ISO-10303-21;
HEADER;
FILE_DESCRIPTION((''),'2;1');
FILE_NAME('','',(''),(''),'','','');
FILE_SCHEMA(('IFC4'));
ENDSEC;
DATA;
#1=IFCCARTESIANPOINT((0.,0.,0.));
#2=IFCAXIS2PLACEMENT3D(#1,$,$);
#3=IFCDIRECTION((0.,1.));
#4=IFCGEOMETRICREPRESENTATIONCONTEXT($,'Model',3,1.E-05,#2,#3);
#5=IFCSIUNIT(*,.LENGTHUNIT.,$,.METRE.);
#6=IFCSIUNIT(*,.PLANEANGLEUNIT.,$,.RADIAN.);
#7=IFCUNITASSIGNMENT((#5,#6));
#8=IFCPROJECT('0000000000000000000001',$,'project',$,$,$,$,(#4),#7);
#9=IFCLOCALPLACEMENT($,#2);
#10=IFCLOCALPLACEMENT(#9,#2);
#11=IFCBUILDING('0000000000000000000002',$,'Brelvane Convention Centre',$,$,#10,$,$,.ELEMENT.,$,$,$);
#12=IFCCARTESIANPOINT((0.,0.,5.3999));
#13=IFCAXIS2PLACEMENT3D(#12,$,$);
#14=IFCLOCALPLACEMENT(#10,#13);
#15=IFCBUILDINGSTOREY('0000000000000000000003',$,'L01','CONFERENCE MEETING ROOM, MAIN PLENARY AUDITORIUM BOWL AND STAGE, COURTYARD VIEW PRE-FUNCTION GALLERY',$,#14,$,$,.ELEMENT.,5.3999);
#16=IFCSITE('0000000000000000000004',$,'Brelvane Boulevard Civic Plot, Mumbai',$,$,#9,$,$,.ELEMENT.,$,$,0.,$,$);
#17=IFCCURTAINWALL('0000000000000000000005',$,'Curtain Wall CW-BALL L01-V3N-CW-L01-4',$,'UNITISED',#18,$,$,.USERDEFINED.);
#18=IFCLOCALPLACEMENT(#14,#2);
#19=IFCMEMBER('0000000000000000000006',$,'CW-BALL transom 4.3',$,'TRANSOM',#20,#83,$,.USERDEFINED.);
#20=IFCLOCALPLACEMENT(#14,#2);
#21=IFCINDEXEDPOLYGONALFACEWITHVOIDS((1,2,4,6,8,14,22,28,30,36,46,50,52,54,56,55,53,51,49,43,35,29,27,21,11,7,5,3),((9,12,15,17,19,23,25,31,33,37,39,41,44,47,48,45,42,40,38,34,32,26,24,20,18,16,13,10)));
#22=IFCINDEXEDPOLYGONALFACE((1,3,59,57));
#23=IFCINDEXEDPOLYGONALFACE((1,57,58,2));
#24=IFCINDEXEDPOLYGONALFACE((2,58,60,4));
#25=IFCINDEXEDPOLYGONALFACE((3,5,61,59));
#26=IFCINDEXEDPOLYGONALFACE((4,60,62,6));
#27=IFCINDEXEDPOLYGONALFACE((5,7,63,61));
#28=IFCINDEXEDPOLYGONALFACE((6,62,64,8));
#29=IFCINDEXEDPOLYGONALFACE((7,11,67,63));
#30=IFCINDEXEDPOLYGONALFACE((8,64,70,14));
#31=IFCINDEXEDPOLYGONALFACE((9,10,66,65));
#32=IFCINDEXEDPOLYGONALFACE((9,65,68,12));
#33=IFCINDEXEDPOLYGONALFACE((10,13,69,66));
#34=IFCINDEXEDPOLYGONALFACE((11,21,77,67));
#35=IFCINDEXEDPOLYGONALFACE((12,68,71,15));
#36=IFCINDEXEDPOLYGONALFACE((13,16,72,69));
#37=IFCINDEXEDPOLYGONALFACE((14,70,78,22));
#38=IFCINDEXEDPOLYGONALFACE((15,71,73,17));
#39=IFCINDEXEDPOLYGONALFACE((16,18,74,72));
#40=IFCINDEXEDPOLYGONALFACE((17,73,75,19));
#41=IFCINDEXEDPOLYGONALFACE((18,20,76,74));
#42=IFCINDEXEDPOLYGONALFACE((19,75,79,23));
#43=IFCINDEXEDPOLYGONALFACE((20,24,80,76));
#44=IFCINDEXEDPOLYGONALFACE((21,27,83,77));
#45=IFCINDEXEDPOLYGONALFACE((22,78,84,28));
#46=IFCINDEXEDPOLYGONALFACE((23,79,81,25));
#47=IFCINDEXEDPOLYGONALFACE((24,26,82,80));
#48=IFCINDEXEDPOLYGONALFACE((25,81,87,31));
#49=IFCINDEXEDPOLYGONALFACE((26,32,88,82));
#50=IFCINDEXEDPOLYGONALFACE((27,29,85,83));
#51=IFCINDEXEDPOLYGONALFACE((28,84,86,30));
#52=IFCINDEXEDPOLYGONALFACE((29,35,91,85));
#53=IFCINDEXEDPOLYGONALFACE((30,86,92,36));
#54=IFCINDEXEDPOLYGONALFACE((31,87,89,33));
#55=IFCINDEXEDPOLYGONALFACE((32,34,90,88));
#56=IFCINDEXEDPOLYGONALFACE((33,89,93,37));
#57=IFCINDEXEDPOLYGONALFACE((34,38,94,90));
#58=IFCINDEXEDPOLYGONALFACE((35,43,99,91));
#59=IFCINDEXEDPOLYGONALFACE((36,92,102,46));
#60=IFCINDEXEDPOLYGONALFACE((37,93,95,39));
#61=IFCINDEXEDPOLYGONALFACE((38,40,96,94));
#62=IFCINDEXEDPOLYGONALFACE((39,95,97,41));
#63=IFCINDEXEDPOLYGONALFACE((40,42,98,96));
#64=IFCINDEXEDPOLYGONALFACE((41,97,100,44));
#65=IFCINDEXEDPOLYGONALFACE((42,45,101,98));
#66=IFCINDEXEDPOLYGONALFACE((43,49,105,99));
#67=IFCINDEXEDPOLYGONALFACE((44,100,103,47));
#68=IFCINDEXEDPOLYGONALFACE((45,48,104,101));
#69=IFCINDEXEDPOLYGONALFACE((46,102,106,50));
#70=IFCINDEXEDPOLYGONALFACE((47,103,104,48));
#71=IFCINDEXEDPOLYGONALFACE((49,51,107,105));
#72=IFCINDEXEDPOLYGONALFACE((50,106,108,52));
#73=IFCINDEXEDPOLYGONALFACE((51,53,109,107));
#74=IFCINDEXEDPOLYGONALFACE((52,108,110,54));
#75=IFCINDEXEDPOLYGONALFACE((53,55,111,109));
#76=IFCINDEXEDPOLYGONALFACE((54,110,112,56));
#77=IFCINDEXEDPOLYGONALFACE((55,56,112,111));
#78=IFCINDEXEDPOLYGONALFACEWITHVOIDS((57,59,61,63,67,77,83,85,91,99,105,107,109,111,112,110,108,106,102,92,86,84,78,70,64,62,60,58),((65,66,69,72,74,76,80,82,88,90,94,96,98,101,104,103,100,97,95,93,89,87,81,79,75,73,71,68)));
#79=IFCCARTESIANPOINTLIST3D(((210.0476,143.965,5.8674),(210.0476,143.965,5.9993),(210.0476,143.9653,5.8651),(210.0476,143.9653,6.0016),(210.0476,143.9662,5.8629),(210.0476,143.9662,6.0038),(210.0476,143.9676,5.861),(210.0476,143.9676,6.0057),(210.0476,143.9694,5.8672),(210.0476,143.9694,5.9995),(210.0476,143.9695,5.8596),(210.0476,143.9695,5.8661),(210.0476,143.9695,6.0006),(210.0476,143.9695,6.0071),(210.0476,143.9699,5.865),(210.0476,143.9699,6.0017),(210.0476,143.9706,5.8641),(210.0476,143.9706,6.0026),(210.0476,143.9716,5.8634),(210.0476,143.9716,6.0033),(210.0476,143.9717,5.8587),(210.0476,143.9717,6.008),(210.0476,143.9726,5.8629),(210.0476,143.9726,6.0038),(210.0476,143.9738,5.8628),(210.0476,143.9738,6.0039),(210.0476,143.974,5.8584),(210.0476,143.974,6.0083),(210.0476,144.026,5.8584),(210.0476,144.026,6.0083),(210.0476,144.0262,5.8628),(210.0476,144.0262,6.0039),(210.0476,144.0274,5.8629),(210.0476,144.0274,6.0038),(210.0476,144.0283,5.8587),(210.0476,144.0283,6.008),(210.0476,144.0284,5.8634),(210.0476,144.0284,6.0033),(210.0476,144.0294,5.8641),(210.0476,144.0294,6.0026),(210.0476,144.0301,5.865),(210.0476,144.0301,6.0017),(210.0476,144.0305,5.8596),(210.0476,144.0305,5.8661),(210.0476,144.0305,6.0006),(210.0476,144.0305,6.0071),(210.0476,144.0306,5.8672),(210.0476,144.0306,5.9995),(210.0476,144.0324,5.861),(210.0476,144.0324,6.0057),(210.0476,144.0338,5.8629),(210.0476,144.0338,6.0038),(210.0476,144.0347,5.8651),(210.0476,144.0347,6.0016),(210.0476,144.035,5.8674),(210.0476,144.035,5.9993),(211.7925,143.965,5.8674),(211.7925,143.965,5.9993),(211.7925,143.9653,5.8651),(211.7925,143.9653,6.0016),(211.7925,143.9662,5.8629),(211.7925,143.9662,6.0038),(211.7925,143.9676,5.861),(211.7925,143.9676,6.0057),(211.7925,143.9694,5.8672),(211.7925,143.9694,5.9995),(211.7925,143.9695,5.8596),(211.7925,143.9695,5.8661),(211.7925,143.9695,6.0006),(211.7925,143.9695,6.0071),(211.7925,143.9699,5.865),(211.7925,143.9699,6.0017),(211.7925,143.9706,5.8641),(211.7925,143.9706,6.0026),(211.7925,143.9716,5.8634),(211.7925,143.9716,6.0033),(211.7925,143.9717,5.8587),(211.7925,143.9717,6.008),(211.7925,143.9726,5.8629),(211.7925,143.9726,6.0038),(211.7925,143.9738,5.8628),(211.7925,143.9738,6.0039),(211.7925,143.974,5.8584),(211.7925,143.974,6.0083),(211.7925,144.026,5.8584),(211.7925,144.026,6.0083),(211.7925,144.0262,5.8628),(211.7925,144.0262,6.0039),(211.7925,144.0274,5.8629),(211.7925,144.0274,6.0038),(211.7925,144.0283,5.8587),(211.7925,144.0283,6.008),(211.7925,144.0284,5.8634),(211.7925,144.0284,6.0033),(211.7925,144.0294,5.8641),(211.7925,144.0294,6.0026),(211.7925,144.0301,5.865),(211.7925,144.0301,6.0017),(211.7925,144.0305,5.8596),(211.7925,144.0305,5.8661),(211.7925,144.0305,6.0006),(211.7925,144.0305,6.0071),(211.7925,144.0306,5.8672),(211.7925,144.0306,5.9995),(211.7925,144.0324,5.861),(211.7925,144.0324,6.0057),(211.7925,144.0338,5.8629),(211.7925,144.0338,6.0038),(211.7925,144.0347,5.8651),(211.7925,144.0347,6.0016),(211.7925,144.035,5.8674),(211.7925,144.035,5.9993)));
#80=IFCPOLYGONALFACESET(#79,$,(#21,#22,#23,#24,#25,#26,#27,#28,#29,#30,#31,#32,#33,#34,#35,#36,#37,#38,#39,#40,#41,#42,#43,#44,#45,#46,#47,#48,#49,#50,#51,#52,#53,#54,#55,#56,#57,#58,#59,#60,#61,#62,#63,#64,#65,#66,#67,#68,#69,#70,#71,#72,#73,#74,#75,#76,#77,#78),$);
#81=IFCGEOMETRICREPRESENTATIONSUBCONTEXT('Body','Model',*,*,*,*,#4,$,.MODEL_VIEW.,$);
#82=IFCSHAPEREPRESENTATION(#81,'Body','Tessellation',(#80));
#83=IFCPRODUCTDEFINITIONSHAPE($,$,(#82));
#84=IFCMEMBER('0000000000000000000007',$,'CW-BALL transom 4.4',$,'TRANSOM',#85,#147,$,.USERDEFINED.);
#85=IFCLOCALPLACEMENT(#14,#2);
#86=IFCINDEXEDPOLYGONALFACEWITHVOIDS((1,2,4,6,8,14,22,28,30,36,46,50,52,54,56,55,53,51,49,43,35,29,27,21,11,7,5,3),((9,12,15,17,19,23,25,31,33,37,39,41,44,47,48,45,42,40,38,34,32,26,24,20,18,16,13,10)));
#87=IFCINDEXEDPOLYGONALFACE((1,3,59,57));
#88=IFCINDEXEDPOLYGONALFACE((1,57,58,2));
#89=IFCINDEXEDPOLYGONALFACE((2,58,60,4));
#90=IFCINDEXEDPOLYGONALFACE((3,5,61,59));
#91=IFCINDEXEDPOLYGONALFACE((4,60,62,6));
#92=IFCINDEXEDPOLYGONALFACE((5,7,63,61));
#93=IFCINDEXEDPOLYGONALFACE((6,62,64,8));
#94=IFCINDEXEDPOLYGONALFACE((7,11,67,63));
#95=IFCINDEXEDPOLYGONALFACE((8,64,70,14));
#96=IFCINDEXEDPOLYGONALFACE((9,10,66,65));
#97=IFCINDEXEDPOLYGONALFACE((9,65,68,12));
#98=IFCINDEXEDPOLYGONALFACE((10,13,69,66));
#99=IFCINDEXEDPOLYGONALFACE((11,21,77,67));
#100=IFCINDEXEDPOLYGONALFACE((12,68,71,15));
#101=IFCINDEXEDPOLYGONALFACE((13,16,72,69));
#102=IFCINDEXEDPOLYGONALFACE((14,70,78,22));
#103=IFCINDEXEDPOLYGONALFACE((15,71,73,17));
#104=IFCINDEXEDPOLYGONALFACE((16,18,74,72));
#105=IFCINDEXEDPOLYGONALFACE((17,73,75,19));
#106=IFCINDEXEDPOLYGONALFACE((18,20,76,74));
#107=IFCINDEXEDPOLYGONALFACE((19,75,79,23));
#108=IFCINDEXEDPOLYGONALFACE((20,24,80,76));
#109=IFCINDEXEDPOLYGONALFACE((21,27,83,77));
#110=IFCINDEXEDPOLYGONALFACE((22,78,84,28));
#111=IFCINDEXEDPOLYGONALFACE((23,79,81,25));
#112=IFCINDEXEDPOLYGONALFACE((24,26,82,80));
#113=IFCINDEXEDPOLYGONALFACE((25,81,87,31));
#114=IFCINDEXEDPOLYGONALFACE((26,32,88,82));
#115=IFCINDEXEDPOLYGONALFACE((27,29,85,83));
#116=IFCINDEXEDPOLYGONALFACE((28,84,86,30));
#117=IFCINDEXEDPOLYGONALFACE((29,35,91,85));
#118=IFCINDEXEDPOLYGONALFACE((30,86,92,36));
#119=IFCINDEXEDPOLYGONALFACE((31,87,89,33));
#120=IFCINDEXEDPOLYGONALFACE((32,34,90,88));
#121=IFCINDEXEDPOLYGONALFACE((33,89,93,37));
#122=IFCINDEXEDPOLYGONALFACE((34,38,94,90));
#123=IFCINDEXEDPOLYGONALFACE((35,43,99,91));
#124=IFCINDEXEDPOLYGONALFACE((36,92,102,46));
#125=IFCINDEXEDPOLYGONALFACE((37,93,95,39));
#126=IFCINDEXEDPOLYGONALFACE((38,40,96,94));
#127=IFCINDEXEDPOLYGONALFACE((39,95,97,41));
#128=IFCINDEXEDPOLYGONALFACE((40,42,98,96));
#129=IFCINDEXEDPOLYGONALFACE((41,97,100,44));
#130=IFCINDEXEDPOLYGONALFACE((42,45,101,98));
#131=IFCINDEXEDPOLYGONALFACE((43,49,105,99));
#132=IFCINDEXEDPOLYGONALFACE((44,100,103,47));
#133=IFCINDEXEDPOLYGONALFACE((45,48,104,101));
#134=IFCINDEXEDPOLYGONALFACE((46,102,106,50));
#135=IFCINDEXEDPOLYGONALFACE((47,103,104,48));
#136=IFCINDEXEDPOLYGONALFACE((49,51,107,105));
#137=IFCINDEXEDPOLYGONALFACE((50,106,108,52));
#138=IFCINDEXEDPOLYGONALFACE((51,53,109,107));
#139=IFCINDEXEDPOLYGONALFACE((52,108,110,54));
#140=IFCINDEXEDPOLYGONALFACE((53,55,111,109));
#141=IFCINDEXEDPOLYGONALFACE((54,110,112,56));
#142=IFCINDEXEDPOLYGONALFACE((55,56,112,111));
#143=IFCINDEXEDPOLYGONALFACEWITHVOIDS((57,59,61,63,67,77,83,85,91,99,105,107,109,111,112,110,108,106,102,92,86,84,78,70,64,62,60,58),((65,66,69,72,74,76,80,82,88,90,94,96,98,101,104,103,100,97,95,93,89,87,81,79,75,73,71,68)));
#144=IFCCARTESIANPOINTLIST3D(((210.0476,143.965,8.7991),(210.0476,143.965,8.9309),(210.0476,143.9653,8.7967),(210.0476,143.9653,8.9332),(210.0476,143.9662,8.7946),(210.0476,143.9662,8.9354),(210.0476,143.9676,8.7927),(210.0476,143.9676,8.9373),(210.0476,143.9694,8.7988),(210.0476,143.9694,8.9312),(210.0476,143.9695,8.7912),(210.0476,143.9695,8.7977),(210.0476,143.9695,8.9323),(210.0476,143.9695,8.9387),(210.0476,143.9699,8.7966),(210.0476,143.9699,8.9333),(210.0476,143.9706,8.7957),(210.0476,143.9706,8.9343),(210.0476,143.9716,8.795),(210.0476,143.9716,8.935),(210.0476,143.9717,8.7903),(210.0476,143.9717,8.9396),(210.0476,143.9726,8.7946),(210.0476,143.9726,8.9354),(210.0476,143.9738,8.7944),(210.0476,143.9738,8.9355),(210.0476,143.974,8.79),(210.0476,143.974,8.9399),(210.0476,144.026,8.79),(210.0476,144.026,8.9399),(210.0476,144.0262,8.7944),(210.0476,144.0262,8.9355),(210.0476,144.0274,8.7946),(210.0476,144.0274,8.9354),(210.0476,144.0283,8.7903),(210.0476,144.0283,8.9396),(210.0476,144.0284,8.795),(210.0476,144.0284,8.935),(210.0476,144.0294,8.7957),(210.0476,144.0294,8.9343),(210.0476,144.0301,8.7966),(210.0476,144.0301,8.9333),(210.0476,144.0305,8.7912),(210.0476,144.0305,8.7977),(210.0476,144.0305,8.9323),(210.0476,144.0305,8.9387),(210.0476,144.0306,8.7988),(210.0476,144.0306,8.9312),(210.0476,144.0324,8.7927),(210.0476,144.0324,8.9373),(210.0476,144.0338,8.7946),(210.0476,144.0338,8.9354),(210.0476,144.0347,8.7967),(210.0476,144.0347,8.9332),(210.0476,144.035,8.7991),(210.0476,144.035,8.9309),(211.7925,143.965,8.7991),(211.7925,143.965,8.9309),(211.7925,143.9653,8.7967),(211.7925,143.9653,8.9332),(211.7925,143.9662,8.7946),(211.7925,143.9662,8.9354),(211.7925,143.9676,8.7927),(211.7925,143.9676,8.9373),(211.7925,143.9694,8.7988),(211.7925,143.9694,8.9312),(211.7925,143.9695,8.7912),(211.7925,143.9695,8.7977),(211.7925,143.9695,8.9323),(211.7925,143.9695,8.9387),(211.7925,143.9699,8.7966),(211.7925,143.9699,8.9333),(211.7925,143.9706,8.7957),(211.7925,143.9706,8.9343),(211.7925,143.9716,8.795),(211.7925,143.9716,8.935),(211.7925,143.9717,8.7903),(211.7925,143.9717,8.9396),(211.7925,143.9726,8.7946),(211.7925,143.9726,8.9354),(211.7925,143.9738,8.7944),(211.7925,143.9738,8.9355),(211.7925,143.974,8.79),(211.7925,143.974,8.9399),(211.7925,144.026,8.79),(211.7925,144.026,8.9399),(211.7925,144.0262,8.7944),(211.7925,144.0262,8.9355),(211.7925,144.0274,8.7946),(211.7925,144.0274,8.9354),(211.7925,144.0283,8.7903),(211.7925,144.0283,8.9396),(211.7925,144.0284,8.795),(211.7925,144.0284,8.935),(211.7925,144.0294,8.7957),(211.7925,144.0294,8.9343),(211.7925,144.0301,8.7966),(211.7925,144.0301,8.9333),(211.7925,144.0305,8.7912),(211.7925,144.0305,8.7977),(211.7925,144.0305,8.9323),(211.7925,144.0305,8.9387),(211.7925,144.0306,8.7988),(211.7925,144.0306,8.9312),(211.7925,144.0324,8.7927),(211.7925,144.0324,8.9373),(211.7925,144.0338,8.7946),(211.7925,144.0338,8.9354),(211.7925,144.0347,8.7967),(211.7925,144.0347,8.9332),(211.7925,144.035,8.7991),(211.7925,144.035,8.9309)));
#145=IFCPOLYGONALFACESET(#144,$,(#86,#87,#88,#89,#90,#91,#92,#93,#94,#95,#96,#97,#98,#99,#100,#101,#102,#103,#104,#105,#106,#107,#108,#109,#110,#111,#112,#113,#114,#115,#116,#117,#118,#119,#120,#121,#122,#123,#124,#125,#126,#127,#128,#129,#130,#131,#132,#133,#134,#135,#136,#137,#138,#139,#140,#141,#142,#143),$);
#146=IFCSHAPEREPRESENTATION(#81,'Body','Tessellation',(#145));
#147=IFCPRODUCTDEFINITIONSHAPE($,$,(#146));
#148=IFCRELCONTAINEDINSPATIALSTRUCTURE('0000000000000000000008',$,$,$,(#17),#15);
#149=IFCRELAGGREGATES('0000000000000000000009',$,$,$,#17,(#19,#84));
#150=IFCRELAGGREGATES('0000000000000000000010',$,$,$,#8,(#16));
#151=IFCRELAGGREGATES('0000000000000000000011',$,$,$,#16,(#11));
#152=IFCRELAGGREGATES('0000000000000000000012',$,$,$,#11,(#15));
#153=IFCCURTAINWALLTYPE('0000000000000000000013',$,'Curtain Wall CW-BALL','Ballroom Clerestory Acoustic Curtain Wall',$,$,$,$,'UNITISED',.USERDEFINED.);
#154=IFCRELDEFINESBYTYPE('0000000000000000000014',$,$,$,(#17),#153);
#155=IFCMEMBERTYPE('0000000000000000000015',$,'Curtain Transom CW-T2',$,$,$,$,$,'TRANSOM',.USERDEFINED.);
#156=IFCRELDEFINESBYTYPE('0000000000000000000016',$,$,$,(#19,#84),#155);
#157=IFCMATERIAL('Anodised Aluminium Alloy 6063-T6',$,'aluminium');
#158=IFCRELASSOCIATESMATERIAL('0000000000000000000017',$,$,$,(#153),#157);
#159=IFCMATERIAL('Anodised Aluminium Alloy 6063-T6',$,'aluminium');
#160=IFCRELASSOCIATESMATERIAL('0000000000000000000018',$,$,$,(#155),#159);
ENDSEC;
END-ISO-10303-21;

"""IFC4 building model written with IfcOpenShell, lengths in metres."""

from ifc_helpers import new_model, si_unit, direction, frame, origin, origin_2d, place, context, subcontext, project, spatial, hollow_rectangle, extrude, material, material_profile, profile_set, type_object, element, aggregate, save


model = new_model("IFC4")

# Units and contexts
model_context = context("Model", 3, precision=1e-05, world=origin(), true_north=direction((0.0, 1.0)))
body_context = subcontext(model_context, "Body", "Model", "MODEL_VIEW")
ifc_project = project(units=[si_unit("LENGTHUNIT", "METRE"), si_unit("PLANEANGLEUNIT", "RADIAN")], contexts=[model_context])

# Site, building, storey
site_placement = place(None, origin())
site = spatial("IfcSite", under=ifc_project, at=site_placement, Name="Brelvane Boulevard Civic Plot, Mumbai", CompositionType="ELEMENT", RefElevation=0.0)
building_placement = place(site_placement, origin())
building = spatial("IfcBuilding", under=site, at=building_placement, Name="Brelvane Convention Centre", CompositionType="ELEMENT")
storey_placement = place(building_placement, frame((0.0, 0.0, 5.3999)))
storey = spatial("IfcBuildingStorey", under=building, at=storey_placement, Name="L01", Description="CONFERENCE MEETING ROOM, MAIN PLENARY AUDITORIUM BOWL AND STAGE, COURTYARD VIEW PRE-FUNCTION GALLERY", CompositionType="ELEMENT", Elevation=5.3999)

# Curtain wall
ifc_material_1 = material(Name="Anodised Aluminium Alloy 6063-T6", Category="aluminium")
curtain_wall_type = type_object("IfcCurtainWallType", Name="Curtain Wall CW-BALL", Description="Ballroom Clerestory Acoustic Curtain Wall", ElementType="UNITISED", PredefinedType="USERDEFINED", material=ifc_material_1)
curtain_wall_1_placement = place(storey_placement, origin())
curtain_wall_1 = element("IfcCurtainWall", 1, at=curtain_wall_1_placement, inside=storey, type_object=curtain_wall_type, Name="Curtain Wall CW-BALL L01-V3N-CW-L01-4", ObjectType="UNITISED", PredefinedType="USERDEFINED")

# Members
ifc_material_2 = material(Name="Anodised Aluminium Alloy 6063-T6", Category="aluminium")
ifc_material_profile_1 = material_profile(ifc_material_2, hollow_rectangle(XDim=0.0701, YDim=0.1499, WallThickness=0.0044, InnerFilletRadius=0.0044, OuterFilletRadius=0.009, at=origin_2d()), Name="ALU-T 150x70x4.5")
ifc_profile_set_1 = profile_set([ifc_material_profile_1], Name="Anodised Aluminium Alloy 6063-T6")
member_type_1 = type_object("IfcMemberType", Name="Curtain Transom CW-T2", ElementType="TRANSOM", PredefinedType="USERDEFINED", material=ifc_profile_set_1)
member_1_placement = place(storey_placement, frame((210.0476, 144.0, 5.9333), z_axis=(1.0, 0.0, 0.0), x_axis=(0.0, 1.0, 0.0)))
member_1 = element("IfcMember", 2, at=member_1_placement, type_object=member_type_1, Name="CW-BALL transom 4.3", ObjectType="TRANSOM", PredefinedType="USERDEFINED", context=body_context, shape_type="SweptSolid", body=[
    extrude(hollow_rectangle(XDim=0.0701, YDim=0.1499, WallThickness=0.0044, InnerFilletRadius=0.0044, OuterFilletRadius=0.009, at=origin_2d()), origin(), (0.0, 0.0, 1.0), 1.7449),
])
member_2_placement = place(storey_placement, frame((210.0476, 144.0, 8.865), z_axis=(1.0, 0.0, 0.0), x_axis=(0.0, 1.0, 0.0)))
member_2 = element("IfcMember", 3, at=member_2_placement, type_object=member_type_1, Name="CW-BALL transom 4.4", ObjectType="TRANSOM", PredefinedType="USERDEFINED", context=body_context, shape_type="SweptSolid", body=[
    extrude(hollow_rectangle(XDim=0.0701, YDim=0.1499, WallThickness=0.0044, InnerFilletRadius=0.0044, OuterFilletRadius=0.009, at=origin_2d()), origin(), (0.0, 0.0, 1.0), 1.7449),
])

aggregate(curtain_wall_1, [member_1, member_2])

save(model, "model.ifc")
